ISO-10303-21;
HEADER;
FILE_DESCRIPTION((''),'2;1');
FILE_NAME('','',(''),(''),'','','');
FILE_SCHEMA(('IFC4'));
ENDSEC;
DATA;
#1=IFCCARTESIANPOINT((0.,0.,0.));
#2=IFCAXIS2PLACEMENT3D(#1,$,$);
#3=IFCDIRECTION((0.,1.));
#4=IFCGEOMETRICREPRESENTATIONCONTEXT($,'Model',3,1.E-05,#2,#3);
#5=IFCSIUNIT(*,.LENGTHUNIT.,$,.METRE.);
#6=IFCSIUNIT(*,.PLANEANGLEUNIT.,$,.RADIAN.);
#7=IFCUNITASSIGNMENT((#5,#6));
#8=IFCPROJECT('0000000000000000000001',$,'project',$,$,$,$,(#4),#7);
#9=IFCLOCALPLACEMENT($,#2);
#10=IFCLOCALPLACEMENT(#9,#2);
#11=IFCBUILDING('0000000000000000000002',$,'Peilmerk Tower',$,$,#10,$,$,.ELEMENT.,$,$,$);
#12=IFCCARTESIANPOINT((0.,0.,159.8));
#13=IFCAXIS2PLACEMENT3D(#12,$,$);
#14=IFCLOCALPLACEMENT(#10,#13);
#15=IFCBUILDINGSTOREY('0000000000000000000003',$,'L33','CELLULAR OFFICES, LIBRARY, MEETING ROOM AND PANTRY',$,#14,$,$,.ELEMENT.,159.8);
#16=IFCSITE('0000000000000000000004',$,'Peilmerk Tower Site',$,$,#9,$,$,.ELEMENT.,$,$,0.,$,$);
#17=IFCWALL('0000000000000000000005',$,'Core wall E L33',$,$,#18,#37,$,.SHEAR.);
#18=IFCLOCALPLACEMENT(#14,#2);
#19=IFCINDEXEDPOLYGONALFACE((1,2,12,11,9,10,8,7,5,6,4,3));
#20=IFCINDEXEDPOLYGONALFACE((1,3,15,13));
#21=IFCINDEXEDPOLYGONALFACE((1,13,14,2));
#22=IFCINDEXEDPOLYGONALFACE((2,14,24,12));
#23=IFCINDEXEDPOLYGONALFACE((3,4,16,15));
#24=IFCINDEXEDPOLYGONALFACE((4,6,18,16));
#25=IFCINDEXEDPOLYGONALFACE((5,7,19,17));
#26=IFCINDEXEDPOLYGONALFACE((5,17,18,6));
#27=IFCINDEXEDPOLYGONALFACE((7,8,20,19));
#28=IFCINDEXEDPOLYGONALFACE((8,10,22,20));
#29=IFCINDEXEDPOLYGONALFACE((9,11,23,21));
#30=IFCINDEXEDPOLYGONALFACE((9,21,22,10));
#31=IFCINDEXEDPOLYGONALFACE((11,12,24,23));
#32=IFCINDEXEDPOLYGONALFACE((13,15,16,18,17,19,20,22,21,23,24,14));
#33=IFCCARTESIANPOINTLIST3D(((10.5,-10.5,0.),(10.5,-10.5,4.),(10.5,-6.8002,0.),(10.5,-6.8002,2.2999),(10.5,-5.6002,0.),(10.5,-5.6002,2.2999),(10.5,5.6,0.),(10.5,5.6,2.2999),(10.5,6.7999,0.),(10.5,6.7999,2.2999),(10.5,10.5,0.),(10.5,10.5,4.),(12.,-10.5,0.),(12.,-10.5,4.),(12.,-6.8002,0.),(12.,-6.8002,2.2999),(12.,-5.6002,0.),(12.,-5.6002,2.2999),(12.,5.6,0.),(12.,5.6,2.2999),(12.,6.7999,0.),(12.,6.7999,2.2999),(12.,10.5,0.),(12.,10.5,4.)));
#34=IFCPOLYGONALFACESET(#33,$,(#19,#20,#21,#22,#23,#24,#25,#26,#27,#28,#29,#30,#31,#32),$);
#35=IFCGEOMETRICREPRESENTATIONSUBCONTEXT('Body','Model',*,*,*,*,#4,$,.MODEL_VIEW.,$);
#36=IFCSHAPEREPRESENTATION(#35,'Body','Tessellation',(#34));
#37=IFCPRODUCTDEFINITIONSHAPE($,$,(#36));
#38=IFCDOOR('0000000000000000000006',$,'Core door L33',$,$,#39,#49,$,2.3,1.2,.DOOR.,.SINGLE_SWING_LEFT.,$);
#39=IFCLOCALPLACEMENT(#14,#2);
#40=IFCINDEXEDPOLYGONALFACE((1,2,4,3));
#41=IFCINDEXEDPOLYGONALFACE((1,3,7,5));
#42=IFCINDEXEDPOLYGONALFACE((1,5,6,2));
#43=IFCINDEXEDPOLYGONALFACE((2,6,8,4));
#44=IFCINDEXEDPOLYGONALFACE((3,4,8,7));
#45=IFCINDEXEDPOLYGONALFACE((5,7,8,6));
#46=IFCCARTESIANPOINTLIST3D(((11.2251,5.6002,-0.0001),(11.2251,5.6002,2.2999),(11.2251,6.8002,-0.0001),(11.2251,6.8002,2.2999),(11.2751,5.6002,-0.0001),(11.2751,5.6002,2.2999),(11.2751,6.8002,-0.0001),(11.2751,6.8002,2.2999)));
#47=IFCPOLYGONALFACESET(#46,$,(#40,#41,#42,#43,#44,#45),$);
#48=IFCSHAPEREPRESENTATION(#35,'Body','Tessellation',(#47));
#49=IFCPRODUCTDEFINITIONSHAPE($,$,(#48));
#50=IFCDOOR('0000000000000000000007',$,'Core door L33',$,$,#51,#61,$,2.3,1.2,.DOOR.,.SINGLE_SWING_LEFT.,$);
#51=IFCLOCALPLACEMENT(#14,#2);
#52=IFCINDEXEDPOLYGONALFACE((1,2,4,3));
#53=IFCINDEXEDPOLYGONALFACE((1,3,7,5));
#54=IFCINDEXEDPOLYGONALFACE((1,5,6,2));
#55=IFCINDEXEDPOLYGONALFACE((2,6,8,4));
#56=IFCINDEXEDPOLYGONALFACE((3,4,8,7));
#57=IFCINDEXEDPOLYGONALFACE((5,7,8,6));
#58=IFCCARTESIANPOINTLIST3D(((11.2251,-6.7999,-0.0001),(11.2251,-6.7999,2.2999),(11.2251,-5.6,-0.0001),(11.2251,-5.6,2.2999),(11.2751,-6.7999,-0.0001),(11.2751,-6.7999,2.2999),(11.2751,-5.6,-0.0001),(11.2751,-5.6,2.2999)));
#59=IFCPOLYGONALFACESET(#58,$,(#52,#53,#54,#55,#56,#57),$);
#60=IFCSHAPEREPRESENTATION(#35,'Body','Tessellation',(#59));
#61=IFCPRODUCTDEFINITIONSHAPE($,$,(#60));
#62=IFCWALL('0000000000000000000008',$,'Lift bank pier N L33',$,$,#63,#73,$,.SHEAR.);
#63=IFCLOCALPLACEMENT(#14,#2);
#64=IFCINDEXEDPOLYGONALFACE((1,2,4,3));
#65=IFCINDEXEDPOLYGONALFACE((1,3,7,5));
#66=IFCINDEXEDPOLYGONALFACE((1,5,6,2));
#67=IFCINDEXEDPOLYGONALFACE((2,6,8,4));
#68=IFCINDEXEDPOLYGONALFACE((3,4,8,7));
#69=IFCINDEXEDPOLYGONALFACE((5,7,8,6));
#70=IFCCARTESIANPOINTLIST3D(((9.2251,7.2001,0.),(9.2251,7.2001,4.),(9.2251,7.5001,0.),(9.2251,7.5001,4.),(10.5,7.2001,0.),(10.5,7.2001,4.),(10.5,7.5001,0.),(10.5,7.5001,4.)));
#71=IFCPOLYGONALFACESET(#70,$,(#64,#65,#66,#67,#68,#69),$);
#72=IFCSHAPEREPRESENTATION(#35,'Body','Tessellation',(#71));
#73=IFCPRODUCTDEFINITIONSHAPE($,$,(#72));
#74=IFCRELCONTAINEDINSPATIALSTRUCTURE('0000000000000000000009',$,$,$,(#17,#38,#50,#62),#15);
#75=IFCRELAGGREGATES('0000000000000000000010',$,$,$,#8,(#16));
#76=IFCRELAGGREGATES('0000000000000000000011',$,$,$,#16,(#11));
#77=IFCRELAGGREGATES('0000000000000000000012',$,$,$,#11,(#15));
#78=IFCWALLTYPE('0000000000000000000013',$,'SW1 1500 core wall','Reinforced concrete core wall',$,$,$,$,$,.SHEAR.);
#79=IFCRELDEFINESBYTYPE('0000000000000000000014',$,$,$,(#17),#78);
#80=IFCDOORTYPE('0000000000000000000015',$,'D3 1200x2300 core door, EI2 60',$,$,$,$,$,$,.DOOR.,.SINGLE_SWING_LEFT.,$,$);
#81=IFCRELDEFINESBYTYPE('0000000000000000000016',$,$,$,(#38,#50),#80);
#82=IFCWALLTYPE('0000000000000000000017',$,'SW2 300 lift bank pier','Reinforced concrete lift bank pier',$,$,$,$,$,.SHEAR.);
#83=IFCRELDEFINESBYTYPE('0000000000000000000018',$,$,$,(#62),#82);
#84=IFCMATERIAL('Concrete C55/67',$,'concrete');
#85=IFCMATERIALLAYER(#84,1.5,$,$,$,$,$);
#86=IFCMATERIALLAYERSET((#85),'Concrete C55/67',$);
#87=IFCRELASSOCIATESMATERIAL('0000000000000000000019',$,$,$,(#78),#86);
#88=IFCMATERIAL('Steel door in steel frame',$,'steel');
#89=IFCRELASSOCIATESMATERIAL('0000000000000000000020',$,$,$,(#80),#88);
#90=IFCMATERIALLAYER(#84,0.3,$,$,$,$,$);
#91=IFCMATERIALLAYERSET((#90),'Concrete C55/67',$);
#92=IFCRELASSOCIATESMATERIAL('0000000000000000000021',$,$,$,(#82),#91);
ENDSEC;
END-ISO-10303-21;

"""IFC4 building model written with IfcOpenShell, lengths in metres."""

from ifc_helpers import new_model, si_unit, direction, frame, frame_2d, origin, place, context, subcontext, project, spatial, rectangle, extrude, material, layer, layer_set, type_object, element, fill, save


model = new_model("IFC4")

# Units and contexts
model_context = context("Model", 3, precision=1e-05, world=origin(), true_north=direction((0.0, 1.0)))
body_context = subcontext(model_context, "Body", "Model", "MODEL_VIEW")
ifc_project = project(units=[si_unit("LENGTHUNIT", "METRE"), si_unit("PLANEANGLEUNIT", "RADIAN")], contexts=[model_context])

# Site, building, storey
site_placement = place(None, origin())
site = spatial("IfcSite", under=ifc_project, at=site_placement, Name="Peilmerk Tower Site", CompositionType="ELEMENT", RefElevation=0.0)
building_placement = place(site_placement, origin())
building = spatial("IfcBuilding", under=site, at=building_placement, Name="Peilmerk Tower", CompositionType="ELEMENT")
storey_placement = place(building_placement, frame((0.0, 0.0, 159.8)))
storey = spatial("IfcBuildingStorey", under=building, at=storey_placement, Name="L33", Description="CELLULAR OFFICES, LIBRARY, MEETING ROOM AND PANTRY", CompositionType="ELEMENT", Elevation=159.8)

# Wall, openings, doors
ifc_material_1 = material(Name="Concrete C55/67", Category="concrete")
ifc_layer_1 = layer(ifc_material_1, 1.5)
ifc_layer_set_1 = layer_set([ifc_layer_1], Name="Concrete C55/67")
wall_type_1 = type_object("IfcWallType", Name="SW1 1500 core wall", Description="Reinforced concrete core wall", PredefinedType="SHEAR", material=ifc_layer_set_1)
wall_1_placement = place(storey_placement, frame((11.25, 10.5, 0.0), z_axis=(0.0, 0.0, 1.0), x_axis=(0.0, -1.0, 0.0)))
wall_1 = element("IfcWall", 1, at=wall_1_placement, inside=storey, type_object=wall_type_1, Name="Core wall E L33", PredefinedType="SHEAR", context=body_context, shape_type="SweptSolid", body=[
    extrude(rectangle(XDim=21.0, YDim=1.5, at=frame_2d((10.5, 0.0))), origin(), (0.0, 0.0, 1.0), 4.0),
])
opening_1_placement = place(wall_1_placement, frame((3.7, 0.0, 0.0)))
opening_1 = element("IfcOpeningElement", 2, at=opening_1_placement, cuts=wall_1, PredefinedType="OPENING", context=body_context, shape_type="SweptSolid", body=[
    extrude(rectangle(XDim=1.2, YDim=2.3, at=frame_2d((0.6001, 1.1499))), frame((0.0, 0.76, 0.0), z_axis=(0.0, -1.0, 0.0), x_axis=(1.0, 0.0, 0.0)), (0.0, 0.0, 1.0), 1.52),
])
opening_2_placement = place(wall_1_placement, frame((16.1001, 0.0, 0.0)))
opening_2 = element("IfcOpeningElement", 3, at=opening_2_placement, cuts=wall_1, PredefinedType="OPENING", context=body_context, shape_type="SweptSolid", body=[
    extrude(rectangle(XDim=1.2, YDim=2.3, at=frame_2d((0.6001, 1.1499))), frame((0.0, 0.76, 0.0), z_axis=(0.0, -1.0, 0.0), x_axis=(1.0, 0.0, 0.0)), (0.0, 0.0, 1.0), 1.52),
])
ifc_material_2 = material(Name="Steel door in steel frame", Category="steel")
door_type = type_object("IfcDoorType", Name="D3 1200x2300 core door, EI2 60", OperationType="SINGLE_SWING_LEFT", PredefinedType="DOOR", material=ifc_material_2)
door_1_placement = place(opening_1_placement, frame((1.2, 0.0, 0.0), z_axis=(0.0, 0.0, 1.0), x_axis=(-1.0, 0.0, 0.0)))
door_1 = element("IfcDoor", 4, at=door_1_placement, inside=storey, type_object=door_type, Name="Core door L33", OperationType="SINGLE_SWING_LEFT", OverallHeight=2.3, OverallWidth=1.2, PredefinedType="DOOR", context=body_context, shape_type="SweptSolid", body=[
    extrude(rectangle(XDim=1.2, YDim=2.3, at=frame_2d((0.6001, 1.1499))), frame((0.0, 0.0249, 0.0), z_axis=(0.0, -1.0, 0.0), x_axis=(1.0, 0.0, 0.0)), (0.0, 0.0, 1.0), 0.05),
])
fill(opening_1, door_1)
door_2_placement = place(opening_2_placement, frame((1.2, 0.0, 0.0), z_axis=(0.0, 0.0, 1.0), x_axis=(-1.0, 0.0, 0.0)))
door_2 = element("IfcDoor", 5, at=door_2_placement, inside=storey, type_object=door_type, Name="Core door L33", OperationType="SINGLE_SWING_LEFT", OverallHeight=2.3, OverallWidth=1.2, PredefinedType="DOOR", context=body_context, shape_type="SweptSolid", body=[
    extrude(rectangle(XDim=1.2, YDim=2.3, at=frame_2d((0.6001, 1.1499))), frame((0.0, 0.0249, 0.0), z_axis=(0.0, -1.0, 0.0), x_axis=(1.0, 0.0, 0.0)), (0.0, 0.0, 1.0), 0.05),
])
fill(opening_2, door_2)

# Wall
ifc_layer_2 = layer(ifc_material_1, 0.3)
ifc_layer_set_2 = layer_set([ifc_layer_2], Name="Concrete C55/67")
wall_type_2 = type_object("IfcWallType", Name="SW2 300 lift bank pier", Description="Reinforced concrete lift bank pier", PredefinedType="SHEAR", material=ifc_layer_set_2)
wall_2_placement = place(storey_placement, frame((9.2251, 7.3501, 0.0), z_axis=(0.0, 0.0, 1.0), x_axis=(1.0, 0.0, 0.0)))
element("IfcWall", 6, at=wall_2_placement, inside=storey, type_object=wall_type_2, Name="Lift bank pier N L33", PredefinedType="SHEAR", context=body_context, shape_type="SweptSolid", body=[
    extrude(rectangle(XDim=1.2749, YDim=0.3, at=frame_2d((0.6375, 0.0))), origin(), (0.0, 0.0, 1.0), 4.0),
])

save(model, "model.ifc")
